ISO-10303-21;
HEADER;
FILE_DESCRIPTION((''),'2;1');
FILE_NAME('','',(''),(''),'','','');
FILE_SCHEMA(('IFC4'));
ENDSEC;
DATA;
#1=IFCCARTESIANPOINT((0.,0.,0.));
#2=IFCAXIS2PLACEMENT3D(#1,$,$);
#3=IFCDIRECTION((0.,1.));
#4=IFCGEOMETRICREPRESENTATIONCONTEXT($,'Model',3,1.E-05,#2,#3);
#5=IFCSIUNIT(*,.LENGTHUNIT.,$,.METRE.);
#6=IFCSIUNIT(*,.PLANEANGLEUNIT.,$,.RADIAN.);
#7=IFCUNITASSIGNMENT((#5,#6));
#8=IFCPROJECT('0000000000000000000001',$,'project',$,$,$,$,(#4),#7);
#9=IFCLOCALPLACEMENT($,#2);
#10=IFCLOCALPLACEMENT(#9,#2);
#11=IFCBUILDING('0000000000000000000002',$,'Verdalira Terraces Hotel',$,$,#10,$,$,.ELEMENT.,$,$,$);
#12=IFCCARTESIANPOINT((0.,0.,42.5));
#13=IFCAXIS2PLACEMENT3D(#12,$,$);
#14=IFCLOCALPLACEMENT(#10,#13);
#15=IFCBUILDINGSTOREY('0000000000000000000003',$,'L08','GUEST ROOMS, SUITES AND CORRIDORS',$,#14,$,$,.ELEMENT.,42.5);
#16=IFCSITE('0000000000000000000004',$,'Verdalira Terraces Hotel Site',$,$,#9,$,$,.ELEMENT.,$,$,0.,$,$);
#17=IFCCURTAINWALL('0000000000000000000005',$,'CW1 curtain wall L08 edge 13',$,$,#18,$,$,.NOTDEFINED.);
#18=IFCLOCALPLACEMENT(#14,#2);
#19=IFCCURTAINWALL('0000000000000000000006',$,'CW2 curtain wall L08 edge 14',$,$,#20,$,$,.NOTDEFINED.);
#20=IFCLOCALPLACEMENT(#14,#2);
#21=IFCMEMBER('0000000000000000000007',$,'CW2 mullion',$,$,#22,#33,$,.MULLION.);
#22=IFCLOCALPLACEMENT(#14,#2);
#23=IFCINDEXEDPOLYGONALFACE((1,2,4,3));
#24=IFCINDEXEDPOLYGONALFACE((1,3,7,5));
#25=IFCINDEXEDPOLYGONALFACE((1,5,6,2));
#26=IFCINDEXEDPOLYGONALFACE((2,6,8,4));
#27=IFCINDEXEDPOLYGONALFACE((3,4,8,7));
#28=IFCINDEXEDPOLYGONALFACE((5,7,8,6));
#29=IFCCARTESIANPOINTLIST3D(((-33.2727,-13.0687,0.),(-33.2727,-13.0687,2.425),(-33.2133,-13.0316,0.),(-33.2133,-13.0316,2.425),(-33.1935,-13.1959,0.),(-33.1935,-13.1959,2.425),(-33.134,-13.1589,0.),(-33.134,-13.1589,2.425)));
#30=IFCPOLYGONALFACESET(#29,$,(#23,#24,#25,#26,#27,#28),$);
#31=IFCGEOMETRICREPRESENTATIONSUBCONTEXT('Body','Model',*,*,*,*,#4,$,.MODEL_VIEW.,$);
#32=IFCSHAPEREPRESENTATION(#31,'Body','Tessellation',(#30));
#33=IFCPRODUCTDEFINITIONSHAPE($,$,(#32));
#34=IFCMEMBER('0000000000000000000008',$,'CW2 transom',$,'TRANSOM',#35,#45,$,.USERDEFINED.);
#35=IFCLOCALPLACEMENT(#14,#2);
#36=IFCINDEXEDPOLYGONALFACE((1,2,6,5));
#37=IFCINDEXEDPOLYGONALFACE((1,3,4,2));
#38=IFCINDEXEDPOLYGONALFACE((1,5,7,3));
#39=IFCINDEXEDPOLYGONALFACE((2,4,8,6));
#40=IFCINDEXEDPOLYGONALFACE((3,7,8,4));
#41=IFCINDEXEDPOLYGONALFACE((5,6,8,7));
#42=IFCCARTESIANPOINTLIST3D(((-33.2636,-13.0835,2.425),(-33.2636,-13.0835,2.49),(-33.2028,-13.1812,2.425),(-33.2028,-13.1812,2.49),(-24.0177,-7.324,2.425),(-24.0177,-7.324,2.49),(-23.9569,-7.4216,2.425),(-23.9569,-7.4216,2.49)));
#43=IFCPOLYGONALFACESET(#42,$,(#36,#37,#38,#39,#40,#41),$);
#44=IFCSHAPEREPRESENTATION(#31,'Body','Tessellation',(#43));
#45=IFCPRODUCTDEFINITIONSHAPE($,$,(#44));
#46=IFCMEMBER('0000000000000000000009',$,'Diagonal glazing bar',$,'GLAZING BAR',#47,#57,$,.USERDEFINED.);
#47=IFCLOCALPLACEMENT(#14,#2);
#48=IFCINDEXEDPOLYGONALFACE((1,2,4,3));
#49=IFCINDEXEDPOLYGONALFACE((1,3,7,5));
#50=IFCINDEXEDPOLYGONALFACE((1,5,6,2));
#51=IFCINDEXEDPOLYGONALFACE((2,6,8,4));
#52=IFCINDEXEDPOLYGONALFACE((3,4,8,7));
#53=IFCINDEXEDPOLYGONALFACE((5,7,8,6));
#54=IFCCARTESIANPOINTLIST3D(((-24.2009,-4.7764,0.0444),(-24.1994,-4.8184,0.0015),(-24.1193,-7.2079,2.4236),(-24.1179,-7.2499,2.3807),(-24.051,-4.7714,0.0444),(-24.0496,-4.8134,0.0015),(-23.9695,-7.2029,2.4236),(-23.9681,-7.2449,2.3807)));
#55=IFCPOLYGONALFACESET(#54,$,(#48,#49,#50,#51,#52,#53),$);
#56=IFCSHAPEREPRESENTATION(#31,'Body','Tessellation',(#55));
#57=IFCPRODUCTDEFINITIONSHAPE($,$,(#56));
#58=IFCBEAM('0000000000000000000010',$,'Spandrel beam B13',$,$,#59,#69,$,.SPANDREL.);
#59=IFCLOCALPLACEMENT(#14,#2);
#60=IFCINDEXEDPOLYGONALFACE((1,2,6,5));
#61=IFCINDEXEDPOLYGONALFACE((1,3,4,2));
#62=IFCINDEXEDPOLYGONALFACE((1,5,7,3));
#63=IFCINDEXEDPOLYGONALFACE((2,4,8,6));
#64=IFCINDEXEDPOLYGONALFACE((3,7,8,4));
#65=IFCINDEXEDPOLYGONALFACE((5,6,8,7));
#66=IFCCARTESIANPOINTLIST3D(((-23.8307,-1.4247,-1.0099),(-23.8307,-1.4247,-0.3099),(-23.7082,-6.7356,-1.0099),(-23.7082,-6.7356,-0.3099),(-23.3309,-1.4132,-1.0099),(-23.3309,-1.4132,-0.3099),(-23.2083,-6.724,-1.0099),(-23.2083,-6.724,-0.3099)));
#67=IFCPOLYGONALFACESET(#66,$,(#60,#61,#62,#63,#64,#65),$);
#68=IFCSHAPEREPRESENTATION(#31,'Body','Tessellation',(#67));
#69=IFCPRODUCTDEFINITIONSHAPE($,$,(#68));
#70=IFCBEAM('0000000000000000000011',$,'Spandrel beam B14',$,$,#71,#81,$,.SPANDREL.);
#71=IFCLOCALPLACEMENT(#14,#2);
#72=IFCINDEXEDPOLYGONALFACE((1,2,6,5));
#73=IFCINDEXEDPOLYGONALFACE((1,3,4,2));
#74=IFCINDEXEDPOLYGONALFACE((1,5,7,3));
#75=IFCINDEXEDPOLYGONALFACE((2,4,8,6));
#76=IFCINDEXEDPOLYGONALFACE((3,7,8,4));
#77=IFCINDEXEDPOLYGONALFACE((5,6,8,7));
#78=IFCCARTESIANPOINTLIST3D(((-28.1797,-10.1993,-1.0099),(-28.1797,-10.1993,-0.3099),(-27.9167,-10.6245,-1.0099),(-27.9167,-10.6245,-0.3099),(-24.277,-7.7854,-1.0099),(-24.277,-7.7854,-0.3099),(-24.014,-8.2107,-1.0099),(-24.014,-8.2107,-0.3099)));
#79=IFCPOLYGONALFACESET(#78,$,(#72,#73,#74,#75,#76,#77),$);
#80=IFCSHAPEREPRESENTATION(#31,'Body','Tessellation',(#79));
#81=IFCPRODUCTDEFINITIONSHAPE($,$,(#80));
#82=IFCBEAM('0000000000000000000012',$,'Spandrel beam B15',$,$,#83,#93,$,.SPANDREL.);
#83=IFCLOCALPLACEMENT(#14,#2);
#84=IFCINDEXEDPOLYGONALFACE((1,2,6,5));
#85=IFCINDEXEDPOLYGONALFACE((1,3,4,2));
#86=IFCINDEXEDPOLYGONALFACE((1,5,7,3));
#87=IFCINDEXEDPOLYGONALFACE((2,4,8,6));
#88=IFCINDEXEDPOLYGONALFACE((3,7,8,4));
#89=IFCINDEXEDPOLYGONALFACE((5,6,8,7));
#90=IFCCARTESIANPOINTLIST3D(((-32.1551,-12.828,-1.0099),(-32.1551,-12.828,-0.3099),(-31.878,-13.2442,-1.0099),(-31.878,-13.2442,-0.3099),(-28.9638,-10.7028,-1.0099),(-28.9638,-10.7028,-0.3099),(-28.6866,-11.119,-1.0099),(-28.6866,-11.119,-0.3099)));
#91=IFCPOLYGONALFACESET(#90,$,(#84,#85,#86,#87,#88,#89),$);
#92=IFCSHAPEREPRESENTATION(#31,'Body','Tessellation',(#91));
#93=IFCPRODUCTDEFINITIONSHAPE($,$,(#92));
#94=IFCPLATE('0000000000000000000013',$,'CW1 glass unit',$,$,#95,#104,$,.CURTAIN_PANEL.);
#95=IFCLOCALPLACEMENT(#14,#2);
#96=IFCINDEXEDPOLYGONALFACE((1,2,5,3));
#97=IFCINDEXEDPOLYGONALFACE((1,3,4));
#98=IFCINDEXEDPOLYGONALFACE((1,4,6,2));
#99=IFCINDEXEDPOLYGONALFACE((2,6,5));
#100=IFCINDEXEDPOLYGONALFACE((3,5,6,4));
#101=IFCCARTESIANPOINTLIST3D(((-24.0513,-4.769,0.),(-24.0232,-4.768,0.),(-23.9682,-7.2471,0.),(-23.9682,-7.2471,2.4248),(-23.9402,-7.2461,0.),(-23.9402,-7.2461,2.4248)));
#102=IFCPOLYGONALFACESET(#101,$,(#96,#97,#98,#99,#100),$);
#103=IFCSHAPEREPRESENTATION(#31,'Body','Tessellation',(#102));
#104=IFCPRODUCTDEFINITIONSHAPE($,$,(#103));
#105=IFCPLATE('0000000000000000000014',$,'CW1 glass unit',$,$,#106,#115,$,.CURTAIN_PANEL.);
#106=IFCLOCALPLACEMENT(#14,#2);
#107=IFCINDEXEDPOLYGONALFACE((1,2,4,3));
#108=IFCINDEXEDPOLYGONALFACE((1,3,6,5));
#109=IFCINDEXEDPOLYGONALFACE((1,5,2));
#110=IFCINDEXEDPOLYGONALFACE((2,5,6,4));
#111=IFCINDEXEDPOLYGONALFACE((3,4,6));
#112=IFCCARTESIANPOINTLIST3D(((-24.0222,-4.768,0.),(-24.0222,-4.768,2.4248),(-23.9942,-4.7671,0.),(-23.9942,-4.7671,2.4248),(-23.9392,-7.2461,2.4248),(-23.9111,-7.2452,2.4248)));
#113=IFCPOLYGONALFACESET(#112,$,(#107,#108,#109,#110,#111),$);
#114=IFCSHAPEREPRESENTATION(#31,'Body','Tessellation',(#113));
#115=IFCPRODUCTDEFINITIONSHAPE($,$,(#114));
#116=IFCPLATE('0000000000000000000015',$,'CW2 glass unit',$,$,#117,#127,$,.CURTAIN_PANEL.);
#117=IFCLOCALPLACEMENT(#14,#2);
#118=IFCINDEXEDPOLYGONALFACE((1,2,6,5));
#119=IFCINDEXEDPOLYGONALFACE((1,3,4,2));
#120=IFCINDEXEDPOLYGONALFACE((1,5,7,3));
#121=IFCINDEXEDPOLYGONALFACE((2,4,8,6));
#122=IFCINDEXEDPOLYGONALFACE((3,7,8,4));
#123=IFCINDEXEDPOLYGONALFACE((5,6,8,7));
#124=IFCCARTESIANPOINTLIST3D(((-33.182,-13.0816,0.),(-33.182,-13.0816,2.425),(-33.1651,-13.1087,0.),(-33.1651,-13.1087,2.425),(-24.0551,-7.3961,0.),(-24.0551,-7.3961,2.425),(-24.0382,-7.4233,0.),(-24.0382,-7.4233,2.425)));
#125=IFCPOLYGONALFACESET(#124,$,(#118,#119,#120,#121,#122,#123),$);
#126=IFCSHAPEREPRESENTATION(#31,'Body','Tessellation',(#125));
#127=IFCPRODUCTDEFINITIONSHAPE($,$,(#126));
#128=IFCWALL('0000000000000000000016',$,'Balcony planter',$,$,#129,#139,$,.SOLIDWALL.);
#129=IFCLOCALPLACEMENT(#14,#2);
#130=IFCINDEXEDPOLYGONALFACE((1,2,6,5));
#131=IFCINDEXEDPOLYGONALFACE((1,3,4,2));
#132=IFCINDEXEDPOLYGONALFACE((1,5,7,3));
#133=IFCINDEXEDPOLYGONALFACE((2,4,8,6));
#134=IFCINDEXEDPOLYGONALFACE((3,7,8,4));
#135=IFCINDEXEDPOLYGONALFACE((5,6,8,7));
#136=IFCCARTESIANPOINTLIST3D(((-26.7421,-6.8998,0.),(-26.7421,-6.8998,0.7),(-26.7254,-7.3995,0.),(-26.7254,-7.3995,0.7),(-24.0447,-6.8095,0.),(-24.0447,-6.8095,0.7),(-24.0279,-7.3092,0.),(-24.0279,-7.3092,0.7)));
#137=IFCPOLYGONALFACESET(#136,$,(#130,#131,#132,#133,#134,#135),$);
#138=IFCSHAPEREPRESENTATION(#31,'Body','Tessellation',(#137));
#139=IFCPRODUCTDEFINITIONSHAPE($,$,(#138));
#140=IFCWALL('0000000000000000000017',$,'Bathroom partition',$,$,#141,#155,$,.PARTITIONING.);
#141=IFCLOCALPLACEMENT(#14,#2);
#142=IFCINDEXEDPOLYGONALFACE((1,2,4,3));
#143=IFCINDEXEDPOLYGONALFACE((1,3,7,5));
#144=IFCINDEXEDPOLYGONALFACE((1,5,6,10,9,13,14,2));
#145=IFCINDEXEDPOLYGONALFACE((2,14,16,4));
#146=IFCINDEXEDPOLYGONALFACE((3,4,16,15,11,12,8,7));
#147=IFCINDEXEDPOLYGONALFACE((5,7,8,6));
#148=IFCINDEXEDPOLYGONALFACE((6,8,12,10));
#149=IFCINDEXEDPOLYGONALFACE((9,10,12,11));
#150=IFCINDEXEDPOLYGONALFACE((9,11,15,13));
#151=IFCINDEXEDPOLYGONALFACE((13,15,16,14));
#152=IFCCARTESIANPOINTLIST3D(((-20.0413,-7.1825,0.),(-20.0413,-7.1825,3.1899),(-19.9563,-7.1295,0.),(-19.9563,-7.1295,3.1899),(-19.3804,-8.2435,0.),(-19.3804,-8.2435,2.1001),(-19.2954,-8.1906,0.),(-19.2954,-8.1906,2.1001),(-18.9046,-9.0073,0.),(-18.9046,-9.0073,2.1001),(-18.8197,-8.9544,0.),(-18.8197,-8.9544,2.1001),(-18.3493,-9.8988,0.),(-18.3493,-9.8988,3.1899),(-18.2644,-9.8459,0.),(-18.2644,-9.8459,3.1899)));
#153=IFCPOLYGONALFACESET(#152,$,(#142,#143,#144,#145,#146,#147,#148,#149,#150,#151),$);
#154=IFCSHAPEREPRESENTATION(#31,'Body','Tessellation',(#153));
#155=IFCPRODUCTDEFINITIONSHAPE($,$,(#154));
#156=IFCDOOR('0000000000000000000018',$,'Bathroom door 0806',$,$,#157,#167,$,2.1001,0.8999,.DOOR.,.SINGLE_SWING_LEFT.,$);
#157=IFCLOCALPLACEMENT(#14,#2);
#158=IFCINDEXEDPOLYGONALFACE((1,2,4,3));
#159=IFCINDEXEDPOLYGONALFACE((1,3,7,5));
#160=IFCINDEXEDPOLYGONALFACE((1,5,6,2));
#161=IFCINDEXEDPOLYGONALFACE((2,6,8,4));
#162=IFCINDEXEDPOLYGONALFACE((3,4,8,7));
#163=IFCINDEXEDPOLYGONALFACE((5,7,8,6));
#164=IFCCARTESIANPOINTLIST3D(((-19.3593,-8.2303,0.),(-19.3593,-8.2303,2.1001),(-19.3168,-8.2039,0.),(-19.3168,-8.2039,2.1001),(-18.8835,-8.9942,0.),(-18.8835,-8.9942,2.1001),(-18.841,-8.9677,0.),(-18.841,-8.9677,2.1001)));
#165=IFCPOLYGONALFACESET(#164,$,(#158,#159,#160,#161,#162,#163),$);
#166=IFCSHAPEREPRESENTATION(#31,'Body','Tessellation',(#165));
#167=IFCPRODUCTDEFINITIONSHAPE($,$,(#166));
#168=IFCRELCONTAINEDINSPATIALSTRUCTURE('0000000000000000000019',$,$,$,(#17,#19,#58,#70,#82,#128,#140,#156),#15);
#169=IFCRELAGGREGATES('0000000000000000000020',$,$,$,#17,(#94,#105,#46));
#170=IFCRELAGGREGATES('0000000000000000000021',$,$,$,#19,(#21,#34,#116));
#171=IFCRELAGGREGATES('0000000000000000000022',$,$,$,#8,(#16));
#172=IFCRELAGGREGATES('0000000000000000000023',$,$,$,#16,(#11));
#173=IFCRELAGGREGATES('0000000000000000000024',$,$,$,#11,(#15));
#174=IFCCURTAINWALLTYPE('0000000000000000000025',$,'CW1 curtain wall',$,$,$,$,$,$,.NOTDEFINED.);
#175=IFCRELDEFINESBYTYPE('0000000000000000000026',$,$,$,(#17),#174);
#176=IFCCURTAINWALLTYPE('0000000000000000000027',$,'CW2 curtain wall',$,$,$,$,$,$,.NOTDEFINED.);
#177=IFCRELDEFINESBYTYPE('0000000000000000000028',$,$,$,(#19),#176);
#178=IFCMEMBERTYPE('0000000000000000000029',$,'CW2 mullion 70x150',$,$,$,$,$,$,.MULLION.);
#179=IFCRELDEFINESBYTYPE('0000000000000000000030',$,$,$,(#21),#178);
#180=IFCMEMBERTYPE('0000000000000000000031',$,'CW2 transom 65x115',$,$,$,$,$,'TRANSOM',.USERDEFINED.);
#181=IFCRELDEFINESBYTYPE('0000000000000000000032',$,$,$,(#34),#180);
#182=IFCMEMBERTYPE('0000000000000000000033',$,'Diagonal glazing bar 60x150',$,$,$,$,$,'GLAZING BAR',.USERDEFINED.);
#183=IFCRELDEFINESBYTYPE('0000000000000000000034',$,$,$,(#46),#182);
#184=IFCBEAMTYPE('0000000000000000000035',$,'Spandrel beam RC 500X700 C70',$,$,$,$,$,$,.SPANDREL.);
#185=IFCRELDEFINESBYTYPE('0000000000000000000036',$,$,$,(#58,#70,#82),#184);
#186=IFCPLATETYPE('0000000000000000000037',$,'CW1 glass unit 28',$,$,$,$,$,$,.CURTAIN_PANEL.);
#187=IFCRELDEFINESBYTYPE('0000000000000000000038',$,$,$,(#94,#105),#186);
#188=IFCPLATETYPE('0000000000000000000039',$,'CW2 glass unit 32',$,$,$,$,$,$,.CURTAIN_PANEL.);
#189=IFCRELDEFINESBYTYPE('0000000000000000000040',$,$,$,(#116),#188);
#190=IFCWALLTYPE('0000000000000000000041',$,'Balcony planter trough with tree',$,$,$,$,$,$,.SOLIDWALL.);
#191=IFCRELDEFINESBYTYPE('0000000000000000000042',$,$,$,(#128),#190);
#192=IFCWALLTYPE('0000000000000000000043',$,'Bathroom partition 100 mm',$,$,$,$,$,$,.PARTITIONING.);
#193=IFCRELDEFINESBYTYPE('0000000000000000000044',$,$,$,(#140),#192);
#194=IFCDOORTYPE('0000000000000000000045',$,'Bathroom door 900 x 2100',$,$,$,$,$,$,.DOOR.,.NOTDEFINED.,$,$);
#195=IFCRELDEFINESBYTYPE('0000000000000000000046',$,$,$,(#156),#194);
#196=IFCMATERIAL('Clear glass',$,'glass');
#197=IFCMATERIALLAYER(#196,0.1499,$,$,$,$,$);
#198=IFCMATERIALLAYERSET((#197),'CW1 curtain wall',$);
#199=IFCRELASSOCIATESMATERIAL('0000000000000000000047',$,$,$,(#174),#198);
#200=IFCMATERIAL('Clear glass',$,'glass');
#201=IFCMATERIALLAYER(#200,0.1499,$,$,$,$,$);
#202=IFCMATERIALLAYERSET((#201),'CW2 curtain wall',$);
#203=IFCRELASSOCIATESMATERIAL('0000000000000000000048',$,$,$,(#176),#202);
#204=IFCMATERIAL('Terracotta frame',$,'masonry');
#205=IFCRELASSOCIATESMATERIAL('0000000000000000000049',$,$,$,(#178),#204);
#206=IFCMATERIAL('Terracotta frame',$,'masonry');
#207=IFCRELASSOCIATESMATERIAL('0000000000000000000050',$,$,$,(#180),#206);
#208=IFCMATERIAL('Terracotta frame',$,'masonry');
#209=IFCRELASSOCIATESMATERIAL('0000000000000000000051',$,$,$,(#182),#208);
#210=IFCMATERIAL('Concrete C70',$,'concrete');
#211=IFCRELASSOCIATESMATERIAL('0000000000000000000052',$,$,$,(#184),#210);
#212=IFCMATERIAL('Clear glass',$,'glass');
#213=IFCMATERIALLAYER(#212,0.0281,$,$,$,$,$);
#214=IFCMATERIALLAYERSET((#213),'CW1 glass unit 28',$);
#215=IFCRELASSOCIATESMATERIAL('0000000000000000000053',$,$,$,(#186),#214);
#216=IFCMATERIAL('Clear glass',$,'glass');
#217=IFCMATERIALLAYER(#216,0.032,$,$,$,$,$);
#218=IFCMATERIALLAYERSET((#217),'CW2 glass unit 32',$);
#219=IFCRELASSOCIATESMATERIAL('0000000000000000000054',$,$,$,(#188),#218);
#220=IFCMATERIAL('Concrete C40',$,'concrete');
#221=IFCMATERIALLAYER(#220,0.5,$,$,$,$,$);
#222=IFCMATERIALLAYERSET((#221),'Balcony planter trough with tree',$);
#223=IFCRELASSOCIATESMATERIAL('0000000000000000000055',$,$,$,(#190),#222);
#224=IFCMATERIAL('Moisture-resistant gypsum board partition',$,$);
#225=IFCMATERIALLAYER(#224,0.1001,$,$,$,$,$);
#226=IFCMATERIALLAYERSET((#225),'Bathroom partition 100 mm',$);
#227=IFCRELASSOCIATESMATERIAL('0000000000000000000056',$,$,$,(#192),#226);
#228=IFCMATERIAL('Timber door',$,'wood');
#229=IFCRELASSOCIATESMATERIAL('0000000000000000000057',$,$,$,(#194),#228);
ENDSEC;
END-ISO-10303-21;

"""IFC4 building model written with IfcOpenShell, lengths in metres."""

from ifc_helpers import new_model, si_unit, direction, frame, frame_2d, origin, origin_2d, place, context, subcontext, project, spatial, polyline, rectangle, outline, extrude, material, layer, layer_set, material_profile, profile_set, type_object, element, fill, aggregate, save


model = new_model("IFC4")

# Units and contexts
model_context = context("Model", 3, precision=1e-05, world=origin(), true_north=direction((0.0, 1.0)))
body_context = subcontext(model_context, "Body", "Model", "MODEL_VIEW")
ifc_project = project(units=[si_unit("LENGTHUNIT", "METRE"), si_unit("PLANEANGLEUNIT", "RADIAN")], contexts=[model_context])

# Site, building, storey
site_placement = place(None, origin())
site = spatial("IfcSite", under=ifc_project, at=site_placement, Name="Verdalira Terraces Hotel Site", CompositionType="ELEMENT", RefElevation=0.0)
building_placement = place(site_placement, origin())
building = spatial("IfcBuilding", under=site, at=building_placement, Name="Verdalira Terraces Hotel", CompositionType="ELEMENT")
storey_placement = place(building_placement, frame((0.0, 0.0, 42.5)))
storey = spatial("IfcBuildingStorey", under=building, at=storey_placement, Name="L08", Description="GUEST ROOMS, SUITES AND CORRIDORS", CompositionType="ELEMENT", Elevation=42.5)

# Curtain wall
ifc_material_1 = material(Name="Clear glass", Category="glass")
ifc_layer_1 = layer(ifc_material_1, 0.1499)
ifc_layer_set_1 = layer_set([ifc_layer_1], Name="CW1 curtain wall")
curtain_wall_type_1 = type_object("IfcCurtainWallType", Name="CW1 curtain wall", PredefinedType="NOTDEFINED", material=ifc_layer_set_1)
curtain_wall_1_placement = place(storey_placement, origin())
curtain_wall_1 = element("IfcCurtainWall", 1, at=curtain_wall_1_placement, inside=storey, type_object=curtain_wall_type_1, Name="CW1 curtain wall L08 edge 13", PredefinedType="NOTDEFINED")

# Curtain wall, members
ifc_material_2 = material(Name="Clear glass", Category="glass")
ifc_layer_2 = layer(ifc_material_2, 0.1499)
ifc_layer_set_2 = layer_set([ifc_layer_2], Name="CW2 curtain wall")
curtain_wall_type_2 = type_object("IfcCurtainWallType", Name="CW2 curtain wall", PredefinedType="NOTDEFINED", material=ifc_layer_set_2)
curtain_wall_2_placement = place(storey_placement, origin())
curtain_wall_2 = element("IfcCurtainWall", 2, at=curtain_wall_2_placement, inside=storey, type_object=curtain_wall_type_2, Name="CW2 curtain wall L08 edge 14", PredefinedType="NOTDEFINED")
ifc_material_3 = material(Name="Terracotta frame", Category="masonry")
ifc_material_profile_1 = material_profile(ifc_material_3, rectangle(XDim=0.0701, YDim=0.1499, at=origin_2d()), Name="MU 70x150")
ifc_profile_set_1 = profile_set([ifc_material_profile_1], Name="Terracotta frame")
member_type_1 = type_object("IfcMemberType", Name="CW2 mullion 70x150", PredefinedType="MULLION", material=ifc_profile_set_1)
member_1_placement = place(storey_placement, frame((-33.2034, -13.1138, 0.0), z_axis=(0.0, 0.0, 1.0), x_axis=(-0.848787, -0.528735, 0.0)))
member_1 = element("IfcMember", 3, at=member_1_placement, type_object=member_type_1, Name="CW2 mullion", PredefinedType="MULLION", context=body_context, shape_type="SweptSolid", body=[
    extrude(rectangle(XDim=0.0701, YDim=0.1499, at=origin_2d()), origin(), (0.0, 0.0, 1.0), 2.425),
])
ifc_material_4 = material(Name="Terracotta frame", Category="masonry")
ifc_material_profile_2 = material_profile(ifc_material_4, rectangle(XDim=0.115, YDim=0.0649, at=origin_2d()), Name="TR 65x115")
ifc_profile_set_2 = profile_set([ifc_material_profile_2], Name="Terracotta frame")
member_type_2 = type_object("IfcMemberType", Name="CW2 transom 65x115", ElementType="TRANSOM", PredefinedType="USERDEFINED", material=ifc_profile_set_2)
member_2_placement = place(storey_placement, frame((-23.9873, -7.3728, 2.4575), z_axis=(-0.848787, -0.528735, 0.0), x_axis=(0.528735, -0.848787, 0.0)))
member_2 = element("IfcMember", 4, at=member_2_placement, type_object=member_type_2, Name="CW2 transom", ObjectType="TRANSOM", PredefinedType="USERDEFINED", context=body_context, shape_type="SweptSolid", body=[
    extrude(rectangle(XDim=0.115, YDim=0.0649, at=origin_2d()), origin(), (0.0, 0.0, 1.0), 10.8931),
])

# Member
ifc_material_5 = material(Name="Terracotta frame", Category="masonry")
ifc_material_profile_3 = material_profile(ifc_material_5, rectangle(XDim=0.1499, YDim=0.0601, at=origin_2d()), Name="GB 60x150")
ifc_profile_set_3 = profile_set([ifc_material_profile_3], Name="Terracotta frame")
member_type_3 = type_object("IfcMemberType", Name="Diagonal glazing bar 60x150", ElementType="GLAZING BAR", PredefinedType="USERDEFINED", material=ifc_profile_set_3)
member_3_placement = place(storey_placement, frame((-24.1252, -4.7949, 0.0229), z_axis=(0.023964, -0.714539, 0.699185), x_axis=(0.999438, 0.033519, 0.0)))
member_3 = element("IfcMember", 5, at=member_3_placement, type_object=member_type_3, Name="Diagonal glazing bar", ObjectType="GLAZING BAR", PredefinedType="USERDEFINED", context=body_context, shape_type="SweptSolid", body=[
    extrude(rectangle(XDim=0.1499, YDim=0.0601, at=origin_2d()), origin(), (0.0, 0.0, 1.0), 3.4028),
])

# Beams
ifc_material_6 = material(Name="Concrete C70", Category="concrete")
ifc_material_profile_4 = material_profile(ifc_material_6, rectangle(XDim=0.5, YDim=0.7, at=origin_2d()), Name="RC 500X700")
ifc_profile_set_4 = profile_set([ifc_material_profile_4], Name="Concrete C70")
beam_type_1 = type_object("IfcBeamType", Name="Spandrel beam RC 500X700 C70", PredefinedType="SPANDREL", material=ifc_profile_set_4)
beam_1_placement = place(storey_placement, frame((-23.5808, -1.4189, -0.6599), z_axis=(0.023071, -0.999734, 0.0), x_axis=(0.999734, 0.023071, 0.0)))
element("IfcBeam", 6, at=beam_1_placement, inside=storey, type_object=beam_type_1, Name="Spandrel beam B13", PredefinedType="SPANDREL", context=body_context, shape_type="SweptSolid", body=[
    extrude(rectangle(XDim=0.5, YDim=0.7, at=origin_2d()), origin(), (0.0, 0.0, 1.0), 5.3123),
])
beam_2_placement = place(storey_placement, frame((-24.1455, -7.998, -0.6599), z_axis=(-0.850467, -0.526029, 0.0), x_axis=(0.526029, -0.850467, 0.0)))
element("IfcBeam", 7, at=beam_2_placement, inside=storey, type_object=beam_type_1, Name="Spandrel beam B14", PredefinedType="SPANDREL", context=body_context, shape_type="SweptSolid", body=[
    extrude(rectangle(XDim=0.5, YDim=0.7, at=origin_2d()), origin(), (0.0, 0.0, 1.0), 4.5889),
])
beam_3_placement = place(storey_placement, frame((-28.8252, -10.9109, -0.6599), z_axis=(-0.832334, -0.554274, 0.0), x_axis=(0.554274, -0.832334, 0.0)))
element("IfcBeam", 8, at=beam_3_placement, inside=storey, type_object=beam_type_1, Name="Spandrel beam B15", PredefinedType="SPANDREL", context=body_context, shape_type="SweptSolid", body=[
    extrude(rectangle(XDim=0.5, YDim=0.7, at=origin_2d()), origin(), (0.0, 0.0, 1.0), 3.8342),
])

# Plates
ifc_material_7 = material(Name="Clear glass", Category="glass")
ifc_layer_3 = layer(ifc_material_7, 0.0281)
ifc_layer_set_3 = layer_set([ifc_layer_3], Name="CW1 glass unit 28")
plate_type_1 = type_object("IfcPlateType", Name="CW1 glass unit 28", PredefinedType="CURTAIN_PANEL", material=ifc_layer_set_3)
plate_1_placement = place(storey_placement, frame((-23.9817, -6.0071, 1.2124), z_axis=(-0.999439, -0.033504, 0.0), x_axis=(0.033504, -0.999439, 0.0)))
plate_1 = element("IfcPlate", 9, at=plate_1_placement, type_object=plate_type_1, Name="CW1 glass unit", PredefinedType="CURTAIN_PANEL", context=body_context, shape_type="SweptSolid", body=[
    extrude(outline(polyline([(-1.2397, -1.2124), (1.2397, -1.2124), (1.2397, 1.2124), (-1.2397, -1.2124)])), origin(), (0.0, 0.0, 1.0), 0.0281),
])
plate_2_placement = place(storey_placement, frame((-23.9526, -6.0061, 1.2124), z_axis=(-0.999439, -0.033504, 0.0), x_axis=(0.033504, -0.999439, 0.0)))
plate_2 = element("IfcPlate", 10, at=plate_2_placement, type_object=plate_type_1, Name="CW1 glass unit", PredefinedType="CURTAIN_PANEL", context=body_context, shape_type="SweptSolid", body=[
    extrude(outline(polyline([(-1.2397, -1.2124), (1.2397, 1.2124), (-1.2397, 1.2124), (-1.2397, -1.2124)])), origin(), (0.0, 0.0, 1.0), 0.0281),
])
aggregate(curtain_wall_1, [plate_1, plate_2, member_3])
ifc_material_8 = material(Name="Clear glass", Category="glass")
ifc_layer_4 = layer(ifc_material_8, 0.032)
ifc_layer_set_4 = layer_set([ifc_layer_4], Name="CW2 glass unit 32")
plate_type_2 = type_object("IfcPlateType", Name="CW2 glass unit 32", PredefinedType="CURTAIN_PANEL", material=ifc_layer_set_4)
plate_3_placement = place(storey_placement, frame((-28.6101, -10.2524, 0.0), z_axis=(0.0, 0.0, 1.0), x_axis=(-0.848787, -0.528735, 0.0)))
plate_3 = element("IfcPlate", 11, at=plate_3_placement, type_object=plate_type_2, Name="CW2 glass unit", PredefinedType="CURTAIN_PANEL", context=body_context, shape_type="SweptSolid", body=[
    extrude(rectangle(XDim=10.7529, YDim=0.032, at=origin_2d()), origin(), (0.0, 0.0, 1.0), 2.425),
])
aggregate(curtain_wall_2, [member_1, member_2, plate_3])

# Wall
ifc_material_9 = material(Name="Concrete C40", Category="concrete")
ifc_layer_5 = layer(ifc_material_9, 0.5)
ifc_layer_set_5 = layer_set([ifc_layer_5], Name="Balcony planter trough with tree")
wall_type_1 = type_object("IfcWallType", Name="Balcony planter trough with tree", PredefinedType="SOLIDWALL", material=ifc_layer_set_5)
wall_1_placement = place(storey_placement, frame((-26.7339, -7.1497, 0.0), z_axis=(0.0, 0.0, 1.0), x_axis=(0.99944, 0.033468, 0.0)))
element("IfcWall", 12, at=wall_1_placement, inside=storey, type_object=wall_type_1, Name="Balcony planter", PredefinedType="SOLIDWALL", context=body_context, shape_type="SweptSolid", body=[
    extrude(rectangle(XDim=2.699, YDim=0.5, at=frame_2d((1.3496, 0.0))), origin(), (0.0, 0.0, 1.0), 0.7),
])

# Wall, opening, door
ifc_material_10 = material(Name="Moisture-resistant gypsum board partition")
ifc_layer_6 = layer(ifc_material_10, 0.1001)
ifc_layer_set_6 = layer_set([ifc_layer_6], Name="Bathroom partition 100 mm")
wall_type_2 = type_object("IfcWallType", Name="Bathroom partition 100 mm", PredefinedType="PARTITIONING", material=ifc_layer_set_6)
wall_2_placement = place(storey_placement, frame((-19.9988, -7.156, 0.0), z_axis=(0.0, 0.0, 1.0), x_axis=(0.528695, -0.848812, 0.0)))
wall_2 = element("IfcWall", 13, at=wall_2_placement, inside=storey, type_object=wall_type_2, Name="Bathroom partition", PredefinedType="PARTITIONING", context=body_context, shape_type="SweptSolid", body=[
    extrude(rectangle(XDim=3.2002, YDim=0.1001, at=frame_2d((1.6001, 0.0))), origin(), (0.0, 0.0, 1.0), 3.1899),
])
opening_1_placement = place(wall_2_placement, frame((1.25, 0.0, 0.0)))
opening_1 = element("IfcOpeningElement", 14, at=opening_1_placement, cuts=wall_2, PredefinedType="OPENING", context=body_context, shape_type="SweptSolid", body=[
    extrude(rectangle(XDim=0.8999, YDim=2.1001, at=frame_2d((0.45, 1.05))), frame((0.0, 0.0601, 0.0), z_axis=(0.0, -1.0, 0.0), x_axis=(1.0, 0.0, 0.0)), (0.0, 0.0, 1.0), 0.1201),
])
ifc_material_11 = material(Name="Timber door", Category="wood")
door_type_1 = type_object("IfcDoorType", Name="Bathroom door 900 x 2100", OperationType="NOTDEFINED", PredefinedType="DOOR", material=ifc_material_11)
door_1_placement = place(opening_1_placement, origin())
door_1 = element("IfcDoor", 15, at=door_1_placement, inside=storey, type_object=door_type_1, Name="Bathroom door 0806", OperationType="SINGLE_SWING_LEFT", OverallHeight=2.1001, OverallWidth=0.8999, PredefinedType="DOOR", context=body_context, shape_type="SweptSolid", body=[
    extrude(rectangle(XDim=0.8999, YDim=2.1001, at=frame_2d((0.45, 1.05))), frame((0.0, 0.0249, 0.0), z_axis=(0.0, -1.0, 0.0), x_axis=(1.0, 0.0, 0.0)), (0.0, 0.0, 1.0), 0.05),
])
fill(opening_1, door_1)

save(model, "model.ifc")
